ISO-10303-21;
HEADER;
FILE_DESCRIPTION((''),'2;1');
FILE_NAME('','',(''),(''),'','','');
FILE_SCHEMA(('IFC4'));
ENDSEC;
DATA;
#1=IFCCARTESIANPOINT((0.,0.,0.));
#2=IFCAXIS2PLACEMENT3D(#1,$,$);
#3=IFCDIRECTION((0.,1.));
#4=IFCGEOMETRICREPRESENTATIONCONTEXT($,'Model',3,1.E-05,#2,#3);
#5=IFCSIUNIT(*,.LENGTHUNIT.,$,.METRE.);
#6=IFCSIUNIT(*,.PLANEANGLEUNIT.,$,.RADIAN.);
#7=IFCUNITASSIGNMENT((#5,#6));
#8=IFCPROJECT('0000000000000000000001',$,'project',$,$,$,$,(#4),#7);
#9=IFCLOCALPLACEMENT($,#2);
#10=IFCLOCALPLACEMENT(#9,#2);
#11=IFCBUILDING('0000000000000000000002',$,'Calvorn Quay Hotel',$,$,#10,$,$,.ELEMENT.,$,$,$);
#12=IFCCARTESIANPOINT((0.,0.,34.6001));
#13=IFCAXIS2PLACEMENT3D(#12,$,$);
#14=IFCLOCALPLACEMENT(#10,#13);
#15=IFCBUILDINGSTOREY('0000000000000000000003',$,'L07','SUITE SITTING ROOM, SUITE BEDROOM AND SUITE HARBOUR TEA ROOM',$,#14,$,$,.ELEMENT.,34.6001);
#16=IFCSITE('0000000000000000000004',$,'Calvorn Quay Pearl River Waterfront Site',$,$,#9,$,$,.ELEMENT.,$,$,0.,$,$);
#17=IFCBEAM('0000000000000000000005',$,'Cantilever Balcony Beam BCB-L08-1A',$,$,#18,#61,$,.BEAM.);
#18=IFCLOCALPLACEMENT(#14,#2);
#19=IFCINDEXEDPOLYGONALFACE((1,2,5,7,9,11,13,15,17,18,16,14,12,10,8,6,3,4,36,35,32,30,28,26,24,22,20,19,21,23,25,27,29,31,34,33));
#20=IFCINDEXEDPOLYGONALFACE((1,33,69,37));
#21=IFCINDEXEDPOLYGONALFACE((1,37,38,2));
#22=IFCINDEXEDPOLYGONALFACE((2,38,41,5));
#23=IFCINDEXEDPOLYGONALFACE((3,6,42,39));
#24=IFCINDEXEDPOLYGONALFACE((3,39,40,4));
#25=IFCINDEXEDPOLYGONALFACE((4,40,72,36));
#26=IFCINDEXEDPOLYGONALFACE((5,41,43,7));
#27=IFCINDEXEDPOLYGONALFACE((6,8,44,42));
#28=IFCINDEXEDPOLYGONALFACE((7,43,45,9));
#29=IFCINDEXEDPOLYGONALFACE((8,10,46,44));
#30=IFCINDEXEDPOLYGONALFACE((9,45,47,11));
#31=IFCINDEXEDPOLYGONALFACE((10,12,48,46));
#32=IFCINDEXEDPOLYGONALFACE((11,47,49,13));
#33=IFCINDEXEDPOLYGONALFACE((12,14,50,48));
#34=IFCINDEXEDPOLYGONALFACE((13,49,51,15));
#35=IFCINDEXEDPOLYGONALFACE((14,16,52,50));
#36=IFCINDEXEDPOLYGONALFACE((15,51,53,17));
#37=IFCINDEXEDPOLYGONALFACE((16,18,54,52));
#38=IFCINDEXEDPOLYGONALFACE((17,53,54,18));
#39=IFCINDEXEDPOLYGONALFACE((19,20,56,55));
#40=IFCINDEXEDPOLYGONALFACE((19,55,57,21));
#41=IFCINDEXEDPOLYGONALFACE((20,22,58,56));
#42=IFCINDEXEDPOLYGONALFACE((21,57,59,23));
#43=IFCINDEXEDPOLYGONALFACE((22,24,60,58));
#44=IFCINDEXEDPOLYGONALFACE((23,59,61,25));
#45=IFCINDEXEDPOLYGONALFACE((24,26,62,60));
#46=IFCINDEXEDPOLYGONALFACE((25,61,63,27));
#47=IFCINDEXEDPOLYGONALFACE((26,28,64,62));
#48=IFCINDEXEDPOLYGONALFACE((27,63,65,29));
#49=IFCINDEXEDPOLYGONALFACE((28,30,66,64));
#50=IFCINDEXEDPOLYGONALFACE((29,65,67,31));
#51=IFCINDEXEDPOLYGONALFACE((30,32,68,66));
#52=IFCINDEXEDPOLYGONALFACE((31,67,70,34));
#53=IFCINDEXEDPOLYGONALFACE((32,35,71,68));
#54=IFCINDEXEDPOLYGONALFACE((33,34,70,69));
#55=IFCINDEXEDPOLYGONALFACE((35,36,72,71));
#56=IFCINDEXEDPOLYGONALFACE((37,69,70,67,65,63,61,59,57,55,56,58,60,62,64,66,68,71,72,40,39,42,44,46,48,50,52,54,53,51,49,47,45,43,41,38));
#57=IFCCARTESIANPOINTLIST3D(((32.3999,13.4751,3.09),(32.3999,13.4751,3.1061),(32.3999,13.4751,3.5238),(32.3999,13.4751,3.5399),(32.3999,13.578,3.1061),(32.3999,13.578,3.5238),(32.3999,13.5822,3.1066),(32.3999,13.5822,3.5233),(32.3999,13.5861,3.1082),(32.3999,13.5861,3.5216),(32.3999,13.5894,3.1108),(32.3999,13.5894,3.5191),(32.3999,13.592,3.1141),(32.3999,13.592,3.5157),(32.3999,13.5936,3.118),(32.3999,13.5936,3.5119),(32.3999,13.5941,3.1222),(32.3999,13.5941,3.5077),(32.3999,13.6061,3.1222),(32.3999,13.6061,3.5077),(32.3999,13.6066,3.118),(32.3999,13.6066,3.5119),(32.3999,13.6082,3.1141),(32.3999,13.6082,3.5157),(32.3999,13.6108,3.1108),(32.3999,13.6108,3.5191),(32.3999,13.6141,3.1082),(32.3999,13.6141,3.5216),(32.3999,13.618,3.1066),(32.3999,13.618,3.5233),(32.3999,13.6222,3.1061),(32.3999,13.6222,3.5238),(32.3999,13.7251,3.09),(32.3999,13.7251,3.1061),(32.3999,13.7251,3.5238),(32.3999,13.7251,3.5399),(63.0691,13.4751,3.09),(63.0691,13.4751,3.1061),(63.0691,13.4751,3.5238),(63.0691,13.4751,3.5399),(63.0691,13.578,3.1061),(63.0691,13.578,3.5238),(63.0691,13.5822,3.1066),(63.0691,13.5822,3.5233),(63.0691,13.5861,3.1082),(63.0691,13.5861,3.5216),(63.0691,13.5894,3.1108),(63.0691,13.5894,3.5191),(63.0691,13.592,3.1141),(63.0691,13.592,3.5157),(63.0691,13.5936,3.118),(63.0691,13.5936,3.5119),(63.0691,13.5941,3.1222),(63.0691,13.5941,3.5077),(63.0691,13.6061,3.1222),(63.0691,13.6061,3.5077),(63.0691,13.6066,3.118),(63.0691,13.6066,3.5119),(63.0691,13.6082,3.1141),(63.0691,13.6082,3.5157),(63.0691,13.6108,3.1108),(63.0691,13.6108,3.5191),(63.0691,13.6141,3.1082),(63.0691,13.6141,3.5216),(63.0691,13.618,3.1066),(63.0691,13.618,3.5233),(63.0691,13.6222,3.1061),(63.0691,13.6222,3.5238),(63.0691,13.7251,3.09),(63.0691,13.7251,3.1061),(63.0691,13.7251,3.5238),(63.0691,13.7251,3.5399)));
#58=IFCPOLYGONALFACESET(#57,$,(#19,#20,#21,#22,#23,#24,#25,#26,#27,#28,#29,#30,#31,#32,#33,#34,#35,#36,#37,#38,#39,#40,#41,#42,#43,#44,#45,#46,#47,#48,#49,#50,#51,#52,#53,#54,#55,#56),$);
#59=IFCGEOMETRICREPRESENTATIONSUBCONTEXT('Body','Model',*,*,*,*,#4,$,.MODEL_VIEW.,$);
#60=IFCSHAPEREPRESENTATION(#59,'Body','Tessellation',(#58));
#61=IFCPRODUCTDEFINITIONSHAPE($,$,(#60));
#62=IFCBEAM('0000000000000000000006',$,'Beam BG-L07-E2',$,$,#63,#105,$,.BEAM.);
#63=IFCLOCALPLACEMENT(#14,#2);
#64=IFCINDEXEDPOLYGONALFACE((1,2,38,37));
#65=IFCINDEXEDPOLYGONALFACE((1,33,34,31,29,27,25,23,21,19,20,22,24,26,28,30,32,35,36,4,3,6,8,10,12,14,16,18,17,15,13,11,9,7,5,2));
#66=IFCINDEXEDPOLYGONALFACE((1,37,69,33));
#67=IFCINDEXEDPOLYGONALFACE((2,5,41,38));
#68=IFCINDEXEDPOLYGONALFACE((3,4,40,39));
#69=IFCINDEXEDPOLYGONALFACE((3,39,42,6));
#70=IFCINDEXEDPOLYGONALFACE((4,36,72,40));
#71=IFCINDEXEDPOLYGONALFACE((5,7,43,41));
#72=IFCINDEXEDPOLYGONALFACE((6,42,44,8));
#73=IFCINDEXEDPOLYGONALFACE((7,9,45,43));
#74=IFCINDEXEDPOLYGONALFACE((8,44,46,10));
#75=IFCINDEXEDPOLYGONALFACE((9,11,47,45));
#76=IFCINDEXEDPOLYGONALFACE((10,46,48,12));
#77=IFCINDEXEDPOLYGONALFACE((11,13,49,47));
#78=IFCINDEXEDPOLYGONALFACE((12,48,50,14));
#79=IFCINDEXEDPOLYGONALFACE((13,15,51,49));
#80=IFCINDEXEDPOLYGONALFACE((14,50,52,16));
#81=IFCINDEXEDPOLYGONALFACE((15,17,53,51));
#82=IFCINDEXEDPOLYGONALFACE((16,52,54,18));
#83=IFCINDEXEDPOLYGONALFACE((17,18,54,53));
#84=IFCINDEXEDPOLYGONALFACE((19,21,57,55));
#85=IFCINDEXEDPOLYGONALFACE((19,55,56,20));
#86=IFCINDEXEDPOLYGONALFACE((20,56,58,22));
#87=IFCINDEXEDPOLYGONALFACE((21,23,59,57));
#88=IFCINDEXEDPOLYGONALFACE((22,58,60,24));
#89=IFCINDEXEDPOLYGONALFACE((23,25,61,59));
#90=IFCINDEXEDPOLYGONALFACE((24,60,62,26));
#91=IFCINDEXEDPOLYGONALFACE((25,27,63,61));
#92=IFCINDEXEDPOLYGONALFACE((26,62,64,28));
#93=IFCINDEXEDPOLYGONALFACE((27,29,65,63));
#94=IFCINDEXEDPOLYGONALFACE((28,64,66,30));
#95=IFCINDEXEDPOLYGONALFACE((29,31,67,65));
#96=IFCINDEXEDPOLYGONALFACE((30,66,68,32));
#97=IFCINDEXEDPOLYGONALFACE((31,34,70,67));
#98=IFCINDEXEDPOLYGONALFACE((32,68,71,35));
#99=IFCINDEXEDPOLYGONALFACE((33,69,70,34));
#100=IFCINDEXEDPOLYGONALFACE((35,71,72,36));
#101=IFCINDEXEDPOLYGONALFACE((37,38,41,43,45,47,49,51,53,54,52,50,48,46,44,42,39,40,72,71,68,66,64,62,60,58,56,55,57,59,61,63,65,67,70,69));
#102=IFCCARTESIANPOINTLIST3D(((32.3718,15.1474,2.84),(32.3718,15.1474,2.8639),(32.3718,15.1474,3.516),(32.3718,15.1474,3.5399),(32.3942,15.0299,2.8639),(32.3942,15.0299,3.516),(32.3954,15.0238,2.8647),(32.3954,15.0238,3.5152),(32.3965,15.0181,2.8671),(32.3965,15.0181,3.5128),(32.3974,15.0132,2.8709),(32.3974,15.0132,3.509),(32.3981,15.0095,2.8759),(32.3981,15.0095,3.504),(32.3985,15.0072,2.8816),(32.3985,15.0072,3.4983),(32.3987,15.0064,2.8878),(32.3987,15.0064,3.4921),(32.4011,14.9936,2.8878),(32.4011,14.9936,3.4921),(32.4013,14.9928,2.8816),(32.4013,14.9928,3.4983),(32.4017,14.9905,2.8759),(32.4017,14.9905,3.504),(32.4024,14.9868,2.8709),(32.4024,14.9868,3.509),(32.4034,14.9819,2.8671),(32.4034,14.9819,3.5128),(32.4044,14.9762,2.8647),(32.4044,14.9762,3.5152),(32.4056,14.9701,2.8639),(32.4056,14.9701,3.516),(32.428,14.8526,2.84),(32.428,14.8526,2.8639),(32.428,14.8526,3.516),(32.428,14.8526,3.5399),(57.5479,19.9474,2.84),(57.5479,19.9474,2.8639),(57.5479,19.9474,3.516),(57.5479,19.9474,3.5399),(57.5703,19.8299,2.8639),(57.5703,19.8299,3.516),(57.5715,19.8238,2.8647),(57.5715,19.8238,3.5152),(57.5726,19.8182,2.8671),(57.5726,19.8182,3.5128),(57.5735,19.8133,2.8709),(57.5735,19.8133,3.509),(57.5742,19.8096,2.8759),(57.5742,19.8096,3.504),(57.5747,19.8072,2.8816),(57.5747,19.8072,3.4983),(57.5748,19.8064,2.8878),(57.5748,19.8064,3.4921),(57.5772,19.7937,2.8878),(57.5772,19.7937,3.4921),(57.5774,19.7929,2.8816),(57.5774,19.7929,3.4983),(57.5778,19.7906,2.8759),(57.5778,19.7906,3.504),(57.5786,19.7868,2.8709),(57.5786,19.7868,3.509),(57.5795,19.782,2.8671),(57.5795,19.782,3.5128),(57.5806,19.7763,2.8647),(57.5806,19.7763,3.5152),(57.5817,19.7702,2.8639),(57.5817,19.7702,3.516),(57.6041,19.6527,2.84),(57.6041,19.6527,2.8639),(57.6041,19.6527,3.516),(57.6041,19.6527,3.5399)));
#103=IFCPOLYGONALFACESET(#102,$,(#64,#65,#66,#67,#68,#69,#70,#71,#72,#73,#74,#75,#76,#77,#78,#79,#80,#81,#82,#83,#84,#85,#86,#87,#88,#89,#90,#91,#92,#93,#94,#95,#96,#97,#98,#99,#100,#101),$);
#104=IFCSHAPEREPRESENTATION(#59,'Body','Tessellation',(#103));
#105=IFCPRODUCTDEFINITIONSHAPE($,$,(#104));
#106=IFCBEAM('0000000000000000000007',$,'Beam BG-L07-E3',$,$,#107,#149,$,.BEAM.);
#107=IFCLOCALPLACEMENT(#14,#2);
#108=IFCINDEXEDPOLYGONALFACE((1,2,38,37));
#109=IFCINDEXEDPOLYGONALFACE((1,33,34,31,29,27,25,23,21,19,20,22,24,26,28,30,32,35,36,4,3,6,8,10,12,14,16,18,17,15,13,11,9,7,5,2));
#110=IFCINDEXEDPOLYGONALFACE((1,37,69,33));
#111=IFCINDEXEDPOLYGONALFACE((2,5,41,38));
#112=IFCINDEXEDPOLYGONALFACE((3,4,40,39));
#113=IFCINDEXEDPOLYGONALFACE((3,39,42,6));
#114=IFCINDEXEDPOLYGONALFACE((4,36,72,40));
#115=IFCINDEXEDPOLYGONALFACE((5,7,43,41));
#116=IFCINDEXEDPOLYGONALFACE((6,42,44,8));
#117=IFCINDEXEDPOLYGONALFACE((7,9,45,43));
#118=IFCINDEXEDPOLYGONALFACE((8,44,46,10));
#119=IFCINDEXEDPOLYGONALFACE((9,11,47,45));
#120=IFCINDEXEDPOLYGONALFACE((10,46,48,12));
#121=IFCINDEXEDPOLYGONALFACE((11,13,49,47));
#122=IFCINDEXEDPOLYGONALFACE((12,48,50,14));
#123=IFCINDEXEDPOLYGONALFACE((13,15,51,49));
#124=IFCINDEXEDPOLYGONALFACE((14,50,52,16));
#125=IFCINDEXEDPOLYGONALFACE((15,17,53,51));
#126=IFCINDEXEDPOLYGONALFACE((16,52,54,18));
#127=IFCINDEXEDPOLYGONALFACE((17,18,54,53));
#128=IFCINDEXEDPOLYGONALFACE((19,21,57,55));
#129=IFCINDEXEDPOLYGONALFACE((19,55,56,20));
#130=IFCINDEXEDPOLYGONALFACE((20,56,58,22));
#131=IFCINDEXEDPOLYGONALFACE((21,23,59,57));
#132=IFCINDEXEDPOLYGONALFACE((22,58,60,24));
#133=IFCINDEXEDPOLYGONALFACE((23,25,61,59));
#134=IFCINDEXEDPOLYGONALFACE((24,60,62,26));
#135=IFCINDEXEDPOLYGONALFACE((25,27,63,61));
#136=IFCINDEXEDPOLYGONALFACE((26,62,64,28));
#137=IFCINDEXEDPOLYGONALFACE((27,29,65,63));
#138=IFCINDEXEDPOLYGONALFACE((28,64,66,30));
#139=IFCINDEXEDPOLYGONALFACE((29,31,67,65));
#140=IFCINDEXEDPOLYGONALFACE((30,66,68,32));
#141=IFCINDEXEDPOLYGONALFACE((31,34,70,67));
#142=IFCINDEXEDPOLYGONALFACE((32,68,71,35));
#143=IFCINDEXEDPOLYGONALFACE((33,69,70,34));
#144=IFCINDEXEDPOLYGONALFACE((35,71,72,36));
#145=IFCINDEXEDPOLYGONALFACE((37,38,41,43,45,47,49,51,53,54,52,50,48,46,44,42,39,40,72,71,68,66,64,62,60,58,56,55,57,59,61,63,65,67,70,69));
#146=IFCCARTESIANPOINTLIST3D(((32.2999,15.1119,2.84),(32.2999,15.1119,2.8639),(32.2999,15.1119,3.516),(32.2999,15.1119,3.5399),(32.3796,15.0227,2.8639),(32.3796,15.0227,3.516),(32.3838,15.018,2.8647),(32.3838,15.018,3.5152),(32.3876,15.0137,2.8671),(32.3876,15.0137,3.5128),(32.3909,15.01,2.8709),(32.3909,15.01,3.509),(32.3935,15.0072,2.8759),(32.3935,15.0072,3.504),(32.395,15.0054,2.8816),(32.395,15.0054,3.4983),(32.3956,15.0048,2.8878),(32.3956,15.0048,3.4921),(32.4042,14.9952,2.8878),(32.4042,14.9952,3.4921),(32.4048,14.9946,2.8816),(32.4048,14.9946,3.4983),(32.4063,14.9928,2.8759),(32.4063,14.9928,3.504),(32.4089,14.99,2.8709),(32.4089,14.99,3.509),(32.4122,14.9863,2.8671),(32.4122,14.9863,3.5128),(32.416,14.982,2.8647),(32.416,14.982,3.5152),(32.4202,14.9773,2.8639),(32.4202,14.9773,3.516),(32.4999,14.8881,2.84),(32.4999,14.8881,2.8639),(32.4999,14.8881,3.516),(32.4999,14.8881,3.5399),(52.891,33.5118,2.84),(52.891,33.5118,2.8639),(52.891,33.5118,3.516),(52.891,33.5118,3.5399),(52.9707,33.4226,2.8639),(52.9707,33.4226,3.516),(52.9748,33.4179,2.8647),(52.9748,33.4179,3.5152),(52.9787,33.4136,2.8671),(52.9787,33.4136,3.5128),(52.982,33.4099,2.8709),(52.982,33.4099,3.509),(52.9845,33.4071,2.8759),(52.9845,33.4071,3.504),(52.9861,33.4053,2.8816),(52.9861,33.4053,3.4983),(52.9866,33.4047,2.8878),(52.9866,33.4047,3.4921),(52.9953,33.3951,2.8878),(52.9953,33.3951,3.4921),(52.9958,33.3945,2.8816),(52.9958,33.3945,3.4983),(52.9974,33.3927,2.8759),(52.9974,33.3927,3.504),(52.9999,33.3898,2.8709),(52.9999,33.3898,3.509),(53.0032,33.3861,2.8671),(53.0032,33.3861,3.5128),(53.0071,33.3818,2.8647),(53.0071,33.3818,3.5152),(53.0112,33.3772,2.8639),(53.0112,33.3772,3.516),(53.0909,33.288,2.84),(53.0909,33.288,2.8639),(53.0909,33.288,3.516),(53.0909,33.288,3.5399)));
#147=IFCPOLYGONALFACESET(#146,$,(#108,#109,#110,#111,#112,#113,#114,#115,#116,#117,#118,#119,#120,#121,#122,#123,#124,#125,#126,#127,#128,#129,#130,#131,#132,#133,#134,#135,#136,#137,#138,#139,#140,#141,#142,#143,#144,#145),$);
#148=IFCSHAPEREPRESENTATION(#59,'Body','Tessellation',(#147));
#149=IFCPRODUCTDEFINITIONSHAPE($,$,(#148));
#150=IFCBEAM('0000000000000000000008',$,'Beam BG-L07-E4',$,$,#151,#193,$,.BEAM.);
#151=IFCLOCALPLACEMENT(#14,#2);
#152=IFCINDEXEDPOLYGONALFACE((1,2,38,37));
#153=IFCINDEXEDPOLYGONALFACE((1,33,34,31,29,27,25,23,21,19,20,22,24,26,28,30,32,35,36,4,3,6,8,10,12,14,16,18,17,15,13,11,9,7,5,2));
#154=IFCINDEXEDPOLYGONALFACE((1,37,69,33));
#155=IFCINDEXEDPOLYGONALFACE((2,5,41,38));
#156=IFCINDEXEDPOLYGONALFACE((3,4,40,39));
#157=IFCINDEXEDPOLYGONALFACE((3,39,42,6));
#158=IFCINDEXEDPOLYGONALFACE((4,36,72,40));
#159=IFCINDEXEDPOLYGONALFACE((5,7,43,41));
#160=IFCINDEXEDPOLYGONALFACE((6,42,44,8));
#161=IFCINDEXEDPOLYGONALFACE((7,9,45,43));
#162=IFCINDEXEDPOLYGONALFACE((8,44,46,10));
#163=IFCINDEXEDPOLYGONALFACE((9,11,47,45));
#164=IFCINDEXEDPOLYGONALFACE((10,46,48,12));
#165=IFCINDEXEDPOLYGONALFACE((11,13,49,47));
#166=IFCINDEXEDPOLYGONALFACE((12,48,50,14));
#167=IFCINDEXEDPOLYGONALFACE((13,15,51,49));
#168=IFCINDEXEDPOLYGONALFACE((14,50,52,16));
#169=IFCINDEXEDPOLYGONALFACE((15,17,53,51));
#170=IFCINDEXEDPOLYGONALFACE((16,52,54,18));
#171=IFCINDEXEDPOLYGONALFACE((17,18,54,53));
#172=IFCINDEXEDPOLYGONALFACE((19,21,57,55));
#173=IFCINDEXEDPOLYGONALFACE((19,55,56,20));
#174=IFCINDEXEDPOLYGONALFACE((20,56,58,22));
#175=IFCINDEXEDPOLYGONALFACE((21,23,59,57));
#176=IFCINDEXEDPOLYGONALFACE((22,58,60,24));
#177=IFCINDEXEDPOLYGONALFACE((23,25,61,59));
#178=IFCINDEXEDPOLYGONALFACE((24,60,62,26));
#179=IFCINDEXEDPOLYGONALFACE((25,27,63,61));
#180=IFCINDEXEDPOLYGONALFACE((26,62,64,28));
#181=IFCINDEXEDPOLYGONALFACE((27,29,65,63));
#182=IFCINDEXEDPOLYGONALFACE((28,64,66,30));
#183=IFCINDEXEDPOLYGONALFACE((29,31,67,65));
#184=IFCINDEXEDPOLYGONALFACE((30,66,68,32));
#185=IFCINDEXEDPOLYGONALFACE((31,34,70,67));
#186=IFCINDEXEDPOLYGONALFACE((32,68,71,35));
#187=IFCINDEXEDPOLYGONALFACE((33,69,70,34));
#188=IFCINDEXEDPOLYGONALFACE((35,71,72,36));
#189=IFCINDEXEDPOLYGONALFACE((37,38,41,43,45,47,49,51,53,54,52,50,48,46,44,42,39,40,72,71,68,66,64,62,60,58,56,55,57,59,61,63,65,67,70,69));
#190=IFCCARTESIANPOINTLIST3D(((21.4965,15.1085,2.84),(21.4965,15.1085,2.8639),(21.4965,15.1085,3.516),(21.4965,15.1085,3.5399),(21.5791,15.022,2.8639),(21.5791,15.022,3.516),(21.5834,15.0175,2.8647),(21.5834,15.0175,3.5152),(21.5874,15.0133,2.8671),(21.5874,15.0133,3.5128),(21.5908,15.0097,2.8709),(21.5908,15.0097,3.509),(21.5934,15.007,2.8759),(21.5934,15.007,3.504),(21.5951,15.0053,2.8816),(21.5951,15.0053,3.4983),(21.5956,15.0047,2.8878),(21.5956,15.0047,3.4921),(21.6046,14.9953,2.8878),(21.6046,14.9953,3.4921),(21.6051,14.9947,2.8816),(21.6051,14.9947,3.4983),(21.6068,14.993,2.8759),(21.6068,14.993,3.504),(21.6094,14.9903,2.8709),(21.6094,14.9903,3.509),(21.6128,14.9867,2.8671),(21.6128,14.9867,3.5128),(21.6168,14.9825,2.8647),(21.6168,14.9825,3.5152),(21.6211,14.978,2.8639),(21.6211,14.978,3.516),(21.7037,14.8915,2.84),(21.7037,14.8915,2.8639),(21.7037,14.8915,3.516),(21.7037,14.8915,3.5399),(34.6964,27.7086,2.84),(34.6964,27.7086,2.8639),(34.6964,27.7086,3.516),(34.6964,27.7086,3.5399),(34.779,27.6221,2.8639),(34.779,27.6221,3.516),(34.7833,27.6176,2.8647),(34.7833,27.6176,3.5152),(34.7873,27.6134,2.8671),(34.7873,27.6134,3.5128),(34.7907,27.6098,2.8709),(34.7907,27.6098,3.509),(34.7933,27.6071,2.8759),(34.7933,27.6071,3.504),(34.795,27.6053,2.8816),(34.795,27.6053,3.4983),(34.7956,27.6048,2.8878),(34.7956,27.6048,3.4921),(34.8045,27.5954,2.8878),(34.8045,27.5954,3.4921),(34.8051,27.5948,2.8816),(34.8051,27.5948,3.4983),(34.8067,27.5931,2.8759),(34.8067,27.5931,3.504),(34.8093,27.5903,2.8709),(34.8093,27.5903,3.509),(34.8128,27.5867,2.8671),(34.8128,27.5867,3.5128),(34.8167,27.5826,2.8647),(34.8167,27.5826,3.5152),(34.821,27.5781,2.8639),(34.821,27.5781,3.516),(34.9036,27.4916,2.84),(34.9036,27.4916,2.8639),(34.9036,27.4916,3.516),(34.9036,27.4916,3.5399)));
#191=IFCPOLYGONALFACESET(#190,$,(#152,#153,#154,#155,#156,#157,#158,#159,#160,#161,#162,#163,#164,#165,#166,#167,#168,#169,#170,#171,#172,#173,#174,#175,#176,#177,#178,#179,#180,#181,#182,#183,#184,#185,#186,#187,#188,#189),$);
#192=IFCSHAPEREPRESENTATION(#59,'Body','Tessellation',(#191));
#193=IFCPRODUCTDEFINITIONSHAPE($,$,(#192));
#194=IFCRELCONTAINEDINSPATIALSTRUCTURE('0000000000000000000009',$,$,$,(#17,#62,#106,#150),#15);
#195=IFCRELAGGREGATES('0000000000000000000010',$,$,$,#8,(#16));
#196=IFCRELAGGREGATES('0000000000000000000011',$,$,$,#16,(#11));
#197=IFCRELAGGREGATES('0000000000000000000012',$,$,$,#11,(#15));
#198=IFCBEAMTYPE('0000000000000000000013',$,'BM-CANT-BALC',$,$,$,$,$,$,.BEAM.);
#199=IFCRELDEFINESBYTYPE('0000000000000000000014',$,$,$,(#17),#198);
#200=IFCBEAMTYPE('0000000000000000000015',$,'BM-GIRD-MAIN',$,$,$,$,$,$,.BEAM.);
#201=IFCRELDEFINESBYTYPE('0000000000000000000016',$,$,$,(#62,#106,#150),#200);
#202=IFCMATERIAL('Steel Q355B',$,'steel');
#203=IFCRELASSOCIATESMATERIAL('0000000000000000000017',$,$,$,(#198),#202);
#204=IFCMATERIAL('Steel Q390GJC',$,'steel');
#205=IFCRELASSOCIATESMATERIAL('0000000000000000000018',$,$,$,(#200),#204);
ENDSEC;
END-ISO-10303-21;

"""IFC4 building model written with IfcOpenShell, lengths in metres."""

from ifc_helpers import new_model, si_unit, direction, frame, origin, origin_2d, place, context, subcontext, project, spatial, i_section, extrude, material, material_profile, profile_set, type_object, element, save


model = new_model("IFC4")

# Units and contexts
model_context = context("Model", 3, precision=1e-05, world=origin(), true_north=direction((0.0, 1.0)))
body_context = subcontext(model_context, "Body", "Model", "MODEL_VIEW")
ifc_project = project(units=[si_unit("LENGTHUNIT", "METRE"), si_unit("PLANEANGLEUNIT", "RADIAN")], contexts=[model_context])

# Site, building, storey
site_placement = place(None, origin())
site = spatial("IfcSite", under=ifc_project, at=site_placement, Name="Calvorn Quay Pearl River Waterfront Site", CompositionType="ELEMENT", RefElevation=0.0)
building_placement = place(site_placement, origin())
building = spatial("IfcBuilding", under=site, at=building_placement, Name="Calvorn Quay Hotel", CompositionType="ELEMENT")
storey_placement = place(building_placement, frame((0.0, 0.0, 34.6001)))
storey = spatial("IfcBuildingStorey", under=building, at=storey_placement, Name="L07", Description="SUITE SITTING ROOM, SUITE BEDROOM AND SUITE HARBOUR TEA ROOM", CompositionType="ELEMENT", Elevation=34.6001)

# Beams
ifc_material_1 = material(Name="Steel Q355B", Category="steel")
ifc_material_profile_1 = material_profile(ifc_material_1, i_section(OverallWidth=0.25, OverallDepth=0.45, WebThickness=0.012, FlangeThickness=0.0161, FilletRadius=0.0161, at=origin_2d()), Name="HN450x250x12x16")
ifc_profile_set_1 = profile_set([ifc_material_profile_1], Name="Steel Q355B")
beam_type_1 = type_object("IfcBeamType", Name="BM-CANT-BALC", PredefinedType="BEAM", material=ifc_profile_set_1)
beam_1_placement = place(storey_placement, frame((32.3999, 13.6001, 3.3149), z_axis=(1.0, 0.0, 0.0), x_axis=(0.0, 1.0, 0.0)))
element("IfcBeam", 1, at=beam_1_placement, inside=storey, type_object=beam_type_1, Name="Cantilever Balcony Beam BCB-L08-1A", PredefinedType="BEAM", context=body_context, shape_type="SweptSolid", body=[
    extrude(i_section(OverallWidth=0.25, OverallDepth=0.45, WebThickness=0.012, FlangeThickness=0.0161, FilletRadius=0.0161, at=origin_2d()), origin(), (0.0, 0.0, 1.0), 30.6692),
])
ifc_material_2 = material(Name="Steel Q390GJC", Category="steel")
ifc_material_profile_2 = material_profile(ifc_material_2, i_section(OverallWidth=0.3, OverallDepth=0.7, WebThickness=0.0129, FlangeThickness=0.0239, FilletRadius=0.0239, at=origin_2d()), Name="HN700x300x13x24")
ifc_profile_set_2 = profile_set([ifc_material_profile_2], Name="Steel Q390GJC")
beam_type_2 = type_object("IfcBeamType", Name="BM-GIRD-MAIN", PredefinedType="BEAM", material=ifc_profile_set_2)
beam_2_placement = place(storey_placement, frame((32.3999, 15.0, 3.1899), z_axis=(0.982305, 0.187286, 0.0), x_axis=(-0.187286, 0.982305, 0.0)))
element("IfcBeam", 2, at=beam_2_placement, inside=storey, type_object=beam_type_2, Name="Beam BG-L07-E2", PredefinedType="BEAM", context=body_context, shape_type="SweptSolid", body=[
    extrude(i_section(OverallWidth=0.3, OverallDepth=0.7, WebThickness=0.0129, FlangeThickness=0.0239, FilletRadius=0.0239, at=origin_2d()), origin(), (0.0, 0.0, 1.0), 25.6296),
])
beam_3_placement = place(storey_placement, frame((32.3999, 15.0, 3.1899), z_axis=(0.745667, 0.666318, 0.0), x_axis=(-0.666318, 0.745667, 0.0)))
element("IfcBeam", 3, at=beam_3_placement, inside=storey, type_object=beam_type_2, Name="Beam BG-L07-E3", PredefinedType="BEAM", context=body_context, shape_type="SweptSolid", body=[
    extrude(i_section(OverallWidth=0.3, OverallDepth=0.7, WebThickness=0.0129, FlangeThickness=0.0239, FilletRadius=0.0239, at=origin_2d()), origin(), (0.0, 0.0, 1.0), 27.6143),
])
beam_4_placement = place(storey_placement, frame((21.6001, 15.0, 3.1899), z_axis=(0.723352, 0.69048, 0.0), x_axis=(-0.69048, 0.723352, 0.0)))
element("IfcBeam", 4, at=beam_4_placement, inside=storey, type_object=beam_type_2, Name="Beam BG-L07-E4", PredefinedType="BEAM", context=body_context, shape_type="SweptSolid", body=[
    extrude(i_section(OverallWidth=0.3, OverallDepth=0.7, WebThickness=0.0129, FlangeThickness=0.0239, FilletRadius=0.0239, at=origin_2d()), origin(), (0.0, 0.0, 1.0), 18.2483),
])

save(model, "model.ifc")
